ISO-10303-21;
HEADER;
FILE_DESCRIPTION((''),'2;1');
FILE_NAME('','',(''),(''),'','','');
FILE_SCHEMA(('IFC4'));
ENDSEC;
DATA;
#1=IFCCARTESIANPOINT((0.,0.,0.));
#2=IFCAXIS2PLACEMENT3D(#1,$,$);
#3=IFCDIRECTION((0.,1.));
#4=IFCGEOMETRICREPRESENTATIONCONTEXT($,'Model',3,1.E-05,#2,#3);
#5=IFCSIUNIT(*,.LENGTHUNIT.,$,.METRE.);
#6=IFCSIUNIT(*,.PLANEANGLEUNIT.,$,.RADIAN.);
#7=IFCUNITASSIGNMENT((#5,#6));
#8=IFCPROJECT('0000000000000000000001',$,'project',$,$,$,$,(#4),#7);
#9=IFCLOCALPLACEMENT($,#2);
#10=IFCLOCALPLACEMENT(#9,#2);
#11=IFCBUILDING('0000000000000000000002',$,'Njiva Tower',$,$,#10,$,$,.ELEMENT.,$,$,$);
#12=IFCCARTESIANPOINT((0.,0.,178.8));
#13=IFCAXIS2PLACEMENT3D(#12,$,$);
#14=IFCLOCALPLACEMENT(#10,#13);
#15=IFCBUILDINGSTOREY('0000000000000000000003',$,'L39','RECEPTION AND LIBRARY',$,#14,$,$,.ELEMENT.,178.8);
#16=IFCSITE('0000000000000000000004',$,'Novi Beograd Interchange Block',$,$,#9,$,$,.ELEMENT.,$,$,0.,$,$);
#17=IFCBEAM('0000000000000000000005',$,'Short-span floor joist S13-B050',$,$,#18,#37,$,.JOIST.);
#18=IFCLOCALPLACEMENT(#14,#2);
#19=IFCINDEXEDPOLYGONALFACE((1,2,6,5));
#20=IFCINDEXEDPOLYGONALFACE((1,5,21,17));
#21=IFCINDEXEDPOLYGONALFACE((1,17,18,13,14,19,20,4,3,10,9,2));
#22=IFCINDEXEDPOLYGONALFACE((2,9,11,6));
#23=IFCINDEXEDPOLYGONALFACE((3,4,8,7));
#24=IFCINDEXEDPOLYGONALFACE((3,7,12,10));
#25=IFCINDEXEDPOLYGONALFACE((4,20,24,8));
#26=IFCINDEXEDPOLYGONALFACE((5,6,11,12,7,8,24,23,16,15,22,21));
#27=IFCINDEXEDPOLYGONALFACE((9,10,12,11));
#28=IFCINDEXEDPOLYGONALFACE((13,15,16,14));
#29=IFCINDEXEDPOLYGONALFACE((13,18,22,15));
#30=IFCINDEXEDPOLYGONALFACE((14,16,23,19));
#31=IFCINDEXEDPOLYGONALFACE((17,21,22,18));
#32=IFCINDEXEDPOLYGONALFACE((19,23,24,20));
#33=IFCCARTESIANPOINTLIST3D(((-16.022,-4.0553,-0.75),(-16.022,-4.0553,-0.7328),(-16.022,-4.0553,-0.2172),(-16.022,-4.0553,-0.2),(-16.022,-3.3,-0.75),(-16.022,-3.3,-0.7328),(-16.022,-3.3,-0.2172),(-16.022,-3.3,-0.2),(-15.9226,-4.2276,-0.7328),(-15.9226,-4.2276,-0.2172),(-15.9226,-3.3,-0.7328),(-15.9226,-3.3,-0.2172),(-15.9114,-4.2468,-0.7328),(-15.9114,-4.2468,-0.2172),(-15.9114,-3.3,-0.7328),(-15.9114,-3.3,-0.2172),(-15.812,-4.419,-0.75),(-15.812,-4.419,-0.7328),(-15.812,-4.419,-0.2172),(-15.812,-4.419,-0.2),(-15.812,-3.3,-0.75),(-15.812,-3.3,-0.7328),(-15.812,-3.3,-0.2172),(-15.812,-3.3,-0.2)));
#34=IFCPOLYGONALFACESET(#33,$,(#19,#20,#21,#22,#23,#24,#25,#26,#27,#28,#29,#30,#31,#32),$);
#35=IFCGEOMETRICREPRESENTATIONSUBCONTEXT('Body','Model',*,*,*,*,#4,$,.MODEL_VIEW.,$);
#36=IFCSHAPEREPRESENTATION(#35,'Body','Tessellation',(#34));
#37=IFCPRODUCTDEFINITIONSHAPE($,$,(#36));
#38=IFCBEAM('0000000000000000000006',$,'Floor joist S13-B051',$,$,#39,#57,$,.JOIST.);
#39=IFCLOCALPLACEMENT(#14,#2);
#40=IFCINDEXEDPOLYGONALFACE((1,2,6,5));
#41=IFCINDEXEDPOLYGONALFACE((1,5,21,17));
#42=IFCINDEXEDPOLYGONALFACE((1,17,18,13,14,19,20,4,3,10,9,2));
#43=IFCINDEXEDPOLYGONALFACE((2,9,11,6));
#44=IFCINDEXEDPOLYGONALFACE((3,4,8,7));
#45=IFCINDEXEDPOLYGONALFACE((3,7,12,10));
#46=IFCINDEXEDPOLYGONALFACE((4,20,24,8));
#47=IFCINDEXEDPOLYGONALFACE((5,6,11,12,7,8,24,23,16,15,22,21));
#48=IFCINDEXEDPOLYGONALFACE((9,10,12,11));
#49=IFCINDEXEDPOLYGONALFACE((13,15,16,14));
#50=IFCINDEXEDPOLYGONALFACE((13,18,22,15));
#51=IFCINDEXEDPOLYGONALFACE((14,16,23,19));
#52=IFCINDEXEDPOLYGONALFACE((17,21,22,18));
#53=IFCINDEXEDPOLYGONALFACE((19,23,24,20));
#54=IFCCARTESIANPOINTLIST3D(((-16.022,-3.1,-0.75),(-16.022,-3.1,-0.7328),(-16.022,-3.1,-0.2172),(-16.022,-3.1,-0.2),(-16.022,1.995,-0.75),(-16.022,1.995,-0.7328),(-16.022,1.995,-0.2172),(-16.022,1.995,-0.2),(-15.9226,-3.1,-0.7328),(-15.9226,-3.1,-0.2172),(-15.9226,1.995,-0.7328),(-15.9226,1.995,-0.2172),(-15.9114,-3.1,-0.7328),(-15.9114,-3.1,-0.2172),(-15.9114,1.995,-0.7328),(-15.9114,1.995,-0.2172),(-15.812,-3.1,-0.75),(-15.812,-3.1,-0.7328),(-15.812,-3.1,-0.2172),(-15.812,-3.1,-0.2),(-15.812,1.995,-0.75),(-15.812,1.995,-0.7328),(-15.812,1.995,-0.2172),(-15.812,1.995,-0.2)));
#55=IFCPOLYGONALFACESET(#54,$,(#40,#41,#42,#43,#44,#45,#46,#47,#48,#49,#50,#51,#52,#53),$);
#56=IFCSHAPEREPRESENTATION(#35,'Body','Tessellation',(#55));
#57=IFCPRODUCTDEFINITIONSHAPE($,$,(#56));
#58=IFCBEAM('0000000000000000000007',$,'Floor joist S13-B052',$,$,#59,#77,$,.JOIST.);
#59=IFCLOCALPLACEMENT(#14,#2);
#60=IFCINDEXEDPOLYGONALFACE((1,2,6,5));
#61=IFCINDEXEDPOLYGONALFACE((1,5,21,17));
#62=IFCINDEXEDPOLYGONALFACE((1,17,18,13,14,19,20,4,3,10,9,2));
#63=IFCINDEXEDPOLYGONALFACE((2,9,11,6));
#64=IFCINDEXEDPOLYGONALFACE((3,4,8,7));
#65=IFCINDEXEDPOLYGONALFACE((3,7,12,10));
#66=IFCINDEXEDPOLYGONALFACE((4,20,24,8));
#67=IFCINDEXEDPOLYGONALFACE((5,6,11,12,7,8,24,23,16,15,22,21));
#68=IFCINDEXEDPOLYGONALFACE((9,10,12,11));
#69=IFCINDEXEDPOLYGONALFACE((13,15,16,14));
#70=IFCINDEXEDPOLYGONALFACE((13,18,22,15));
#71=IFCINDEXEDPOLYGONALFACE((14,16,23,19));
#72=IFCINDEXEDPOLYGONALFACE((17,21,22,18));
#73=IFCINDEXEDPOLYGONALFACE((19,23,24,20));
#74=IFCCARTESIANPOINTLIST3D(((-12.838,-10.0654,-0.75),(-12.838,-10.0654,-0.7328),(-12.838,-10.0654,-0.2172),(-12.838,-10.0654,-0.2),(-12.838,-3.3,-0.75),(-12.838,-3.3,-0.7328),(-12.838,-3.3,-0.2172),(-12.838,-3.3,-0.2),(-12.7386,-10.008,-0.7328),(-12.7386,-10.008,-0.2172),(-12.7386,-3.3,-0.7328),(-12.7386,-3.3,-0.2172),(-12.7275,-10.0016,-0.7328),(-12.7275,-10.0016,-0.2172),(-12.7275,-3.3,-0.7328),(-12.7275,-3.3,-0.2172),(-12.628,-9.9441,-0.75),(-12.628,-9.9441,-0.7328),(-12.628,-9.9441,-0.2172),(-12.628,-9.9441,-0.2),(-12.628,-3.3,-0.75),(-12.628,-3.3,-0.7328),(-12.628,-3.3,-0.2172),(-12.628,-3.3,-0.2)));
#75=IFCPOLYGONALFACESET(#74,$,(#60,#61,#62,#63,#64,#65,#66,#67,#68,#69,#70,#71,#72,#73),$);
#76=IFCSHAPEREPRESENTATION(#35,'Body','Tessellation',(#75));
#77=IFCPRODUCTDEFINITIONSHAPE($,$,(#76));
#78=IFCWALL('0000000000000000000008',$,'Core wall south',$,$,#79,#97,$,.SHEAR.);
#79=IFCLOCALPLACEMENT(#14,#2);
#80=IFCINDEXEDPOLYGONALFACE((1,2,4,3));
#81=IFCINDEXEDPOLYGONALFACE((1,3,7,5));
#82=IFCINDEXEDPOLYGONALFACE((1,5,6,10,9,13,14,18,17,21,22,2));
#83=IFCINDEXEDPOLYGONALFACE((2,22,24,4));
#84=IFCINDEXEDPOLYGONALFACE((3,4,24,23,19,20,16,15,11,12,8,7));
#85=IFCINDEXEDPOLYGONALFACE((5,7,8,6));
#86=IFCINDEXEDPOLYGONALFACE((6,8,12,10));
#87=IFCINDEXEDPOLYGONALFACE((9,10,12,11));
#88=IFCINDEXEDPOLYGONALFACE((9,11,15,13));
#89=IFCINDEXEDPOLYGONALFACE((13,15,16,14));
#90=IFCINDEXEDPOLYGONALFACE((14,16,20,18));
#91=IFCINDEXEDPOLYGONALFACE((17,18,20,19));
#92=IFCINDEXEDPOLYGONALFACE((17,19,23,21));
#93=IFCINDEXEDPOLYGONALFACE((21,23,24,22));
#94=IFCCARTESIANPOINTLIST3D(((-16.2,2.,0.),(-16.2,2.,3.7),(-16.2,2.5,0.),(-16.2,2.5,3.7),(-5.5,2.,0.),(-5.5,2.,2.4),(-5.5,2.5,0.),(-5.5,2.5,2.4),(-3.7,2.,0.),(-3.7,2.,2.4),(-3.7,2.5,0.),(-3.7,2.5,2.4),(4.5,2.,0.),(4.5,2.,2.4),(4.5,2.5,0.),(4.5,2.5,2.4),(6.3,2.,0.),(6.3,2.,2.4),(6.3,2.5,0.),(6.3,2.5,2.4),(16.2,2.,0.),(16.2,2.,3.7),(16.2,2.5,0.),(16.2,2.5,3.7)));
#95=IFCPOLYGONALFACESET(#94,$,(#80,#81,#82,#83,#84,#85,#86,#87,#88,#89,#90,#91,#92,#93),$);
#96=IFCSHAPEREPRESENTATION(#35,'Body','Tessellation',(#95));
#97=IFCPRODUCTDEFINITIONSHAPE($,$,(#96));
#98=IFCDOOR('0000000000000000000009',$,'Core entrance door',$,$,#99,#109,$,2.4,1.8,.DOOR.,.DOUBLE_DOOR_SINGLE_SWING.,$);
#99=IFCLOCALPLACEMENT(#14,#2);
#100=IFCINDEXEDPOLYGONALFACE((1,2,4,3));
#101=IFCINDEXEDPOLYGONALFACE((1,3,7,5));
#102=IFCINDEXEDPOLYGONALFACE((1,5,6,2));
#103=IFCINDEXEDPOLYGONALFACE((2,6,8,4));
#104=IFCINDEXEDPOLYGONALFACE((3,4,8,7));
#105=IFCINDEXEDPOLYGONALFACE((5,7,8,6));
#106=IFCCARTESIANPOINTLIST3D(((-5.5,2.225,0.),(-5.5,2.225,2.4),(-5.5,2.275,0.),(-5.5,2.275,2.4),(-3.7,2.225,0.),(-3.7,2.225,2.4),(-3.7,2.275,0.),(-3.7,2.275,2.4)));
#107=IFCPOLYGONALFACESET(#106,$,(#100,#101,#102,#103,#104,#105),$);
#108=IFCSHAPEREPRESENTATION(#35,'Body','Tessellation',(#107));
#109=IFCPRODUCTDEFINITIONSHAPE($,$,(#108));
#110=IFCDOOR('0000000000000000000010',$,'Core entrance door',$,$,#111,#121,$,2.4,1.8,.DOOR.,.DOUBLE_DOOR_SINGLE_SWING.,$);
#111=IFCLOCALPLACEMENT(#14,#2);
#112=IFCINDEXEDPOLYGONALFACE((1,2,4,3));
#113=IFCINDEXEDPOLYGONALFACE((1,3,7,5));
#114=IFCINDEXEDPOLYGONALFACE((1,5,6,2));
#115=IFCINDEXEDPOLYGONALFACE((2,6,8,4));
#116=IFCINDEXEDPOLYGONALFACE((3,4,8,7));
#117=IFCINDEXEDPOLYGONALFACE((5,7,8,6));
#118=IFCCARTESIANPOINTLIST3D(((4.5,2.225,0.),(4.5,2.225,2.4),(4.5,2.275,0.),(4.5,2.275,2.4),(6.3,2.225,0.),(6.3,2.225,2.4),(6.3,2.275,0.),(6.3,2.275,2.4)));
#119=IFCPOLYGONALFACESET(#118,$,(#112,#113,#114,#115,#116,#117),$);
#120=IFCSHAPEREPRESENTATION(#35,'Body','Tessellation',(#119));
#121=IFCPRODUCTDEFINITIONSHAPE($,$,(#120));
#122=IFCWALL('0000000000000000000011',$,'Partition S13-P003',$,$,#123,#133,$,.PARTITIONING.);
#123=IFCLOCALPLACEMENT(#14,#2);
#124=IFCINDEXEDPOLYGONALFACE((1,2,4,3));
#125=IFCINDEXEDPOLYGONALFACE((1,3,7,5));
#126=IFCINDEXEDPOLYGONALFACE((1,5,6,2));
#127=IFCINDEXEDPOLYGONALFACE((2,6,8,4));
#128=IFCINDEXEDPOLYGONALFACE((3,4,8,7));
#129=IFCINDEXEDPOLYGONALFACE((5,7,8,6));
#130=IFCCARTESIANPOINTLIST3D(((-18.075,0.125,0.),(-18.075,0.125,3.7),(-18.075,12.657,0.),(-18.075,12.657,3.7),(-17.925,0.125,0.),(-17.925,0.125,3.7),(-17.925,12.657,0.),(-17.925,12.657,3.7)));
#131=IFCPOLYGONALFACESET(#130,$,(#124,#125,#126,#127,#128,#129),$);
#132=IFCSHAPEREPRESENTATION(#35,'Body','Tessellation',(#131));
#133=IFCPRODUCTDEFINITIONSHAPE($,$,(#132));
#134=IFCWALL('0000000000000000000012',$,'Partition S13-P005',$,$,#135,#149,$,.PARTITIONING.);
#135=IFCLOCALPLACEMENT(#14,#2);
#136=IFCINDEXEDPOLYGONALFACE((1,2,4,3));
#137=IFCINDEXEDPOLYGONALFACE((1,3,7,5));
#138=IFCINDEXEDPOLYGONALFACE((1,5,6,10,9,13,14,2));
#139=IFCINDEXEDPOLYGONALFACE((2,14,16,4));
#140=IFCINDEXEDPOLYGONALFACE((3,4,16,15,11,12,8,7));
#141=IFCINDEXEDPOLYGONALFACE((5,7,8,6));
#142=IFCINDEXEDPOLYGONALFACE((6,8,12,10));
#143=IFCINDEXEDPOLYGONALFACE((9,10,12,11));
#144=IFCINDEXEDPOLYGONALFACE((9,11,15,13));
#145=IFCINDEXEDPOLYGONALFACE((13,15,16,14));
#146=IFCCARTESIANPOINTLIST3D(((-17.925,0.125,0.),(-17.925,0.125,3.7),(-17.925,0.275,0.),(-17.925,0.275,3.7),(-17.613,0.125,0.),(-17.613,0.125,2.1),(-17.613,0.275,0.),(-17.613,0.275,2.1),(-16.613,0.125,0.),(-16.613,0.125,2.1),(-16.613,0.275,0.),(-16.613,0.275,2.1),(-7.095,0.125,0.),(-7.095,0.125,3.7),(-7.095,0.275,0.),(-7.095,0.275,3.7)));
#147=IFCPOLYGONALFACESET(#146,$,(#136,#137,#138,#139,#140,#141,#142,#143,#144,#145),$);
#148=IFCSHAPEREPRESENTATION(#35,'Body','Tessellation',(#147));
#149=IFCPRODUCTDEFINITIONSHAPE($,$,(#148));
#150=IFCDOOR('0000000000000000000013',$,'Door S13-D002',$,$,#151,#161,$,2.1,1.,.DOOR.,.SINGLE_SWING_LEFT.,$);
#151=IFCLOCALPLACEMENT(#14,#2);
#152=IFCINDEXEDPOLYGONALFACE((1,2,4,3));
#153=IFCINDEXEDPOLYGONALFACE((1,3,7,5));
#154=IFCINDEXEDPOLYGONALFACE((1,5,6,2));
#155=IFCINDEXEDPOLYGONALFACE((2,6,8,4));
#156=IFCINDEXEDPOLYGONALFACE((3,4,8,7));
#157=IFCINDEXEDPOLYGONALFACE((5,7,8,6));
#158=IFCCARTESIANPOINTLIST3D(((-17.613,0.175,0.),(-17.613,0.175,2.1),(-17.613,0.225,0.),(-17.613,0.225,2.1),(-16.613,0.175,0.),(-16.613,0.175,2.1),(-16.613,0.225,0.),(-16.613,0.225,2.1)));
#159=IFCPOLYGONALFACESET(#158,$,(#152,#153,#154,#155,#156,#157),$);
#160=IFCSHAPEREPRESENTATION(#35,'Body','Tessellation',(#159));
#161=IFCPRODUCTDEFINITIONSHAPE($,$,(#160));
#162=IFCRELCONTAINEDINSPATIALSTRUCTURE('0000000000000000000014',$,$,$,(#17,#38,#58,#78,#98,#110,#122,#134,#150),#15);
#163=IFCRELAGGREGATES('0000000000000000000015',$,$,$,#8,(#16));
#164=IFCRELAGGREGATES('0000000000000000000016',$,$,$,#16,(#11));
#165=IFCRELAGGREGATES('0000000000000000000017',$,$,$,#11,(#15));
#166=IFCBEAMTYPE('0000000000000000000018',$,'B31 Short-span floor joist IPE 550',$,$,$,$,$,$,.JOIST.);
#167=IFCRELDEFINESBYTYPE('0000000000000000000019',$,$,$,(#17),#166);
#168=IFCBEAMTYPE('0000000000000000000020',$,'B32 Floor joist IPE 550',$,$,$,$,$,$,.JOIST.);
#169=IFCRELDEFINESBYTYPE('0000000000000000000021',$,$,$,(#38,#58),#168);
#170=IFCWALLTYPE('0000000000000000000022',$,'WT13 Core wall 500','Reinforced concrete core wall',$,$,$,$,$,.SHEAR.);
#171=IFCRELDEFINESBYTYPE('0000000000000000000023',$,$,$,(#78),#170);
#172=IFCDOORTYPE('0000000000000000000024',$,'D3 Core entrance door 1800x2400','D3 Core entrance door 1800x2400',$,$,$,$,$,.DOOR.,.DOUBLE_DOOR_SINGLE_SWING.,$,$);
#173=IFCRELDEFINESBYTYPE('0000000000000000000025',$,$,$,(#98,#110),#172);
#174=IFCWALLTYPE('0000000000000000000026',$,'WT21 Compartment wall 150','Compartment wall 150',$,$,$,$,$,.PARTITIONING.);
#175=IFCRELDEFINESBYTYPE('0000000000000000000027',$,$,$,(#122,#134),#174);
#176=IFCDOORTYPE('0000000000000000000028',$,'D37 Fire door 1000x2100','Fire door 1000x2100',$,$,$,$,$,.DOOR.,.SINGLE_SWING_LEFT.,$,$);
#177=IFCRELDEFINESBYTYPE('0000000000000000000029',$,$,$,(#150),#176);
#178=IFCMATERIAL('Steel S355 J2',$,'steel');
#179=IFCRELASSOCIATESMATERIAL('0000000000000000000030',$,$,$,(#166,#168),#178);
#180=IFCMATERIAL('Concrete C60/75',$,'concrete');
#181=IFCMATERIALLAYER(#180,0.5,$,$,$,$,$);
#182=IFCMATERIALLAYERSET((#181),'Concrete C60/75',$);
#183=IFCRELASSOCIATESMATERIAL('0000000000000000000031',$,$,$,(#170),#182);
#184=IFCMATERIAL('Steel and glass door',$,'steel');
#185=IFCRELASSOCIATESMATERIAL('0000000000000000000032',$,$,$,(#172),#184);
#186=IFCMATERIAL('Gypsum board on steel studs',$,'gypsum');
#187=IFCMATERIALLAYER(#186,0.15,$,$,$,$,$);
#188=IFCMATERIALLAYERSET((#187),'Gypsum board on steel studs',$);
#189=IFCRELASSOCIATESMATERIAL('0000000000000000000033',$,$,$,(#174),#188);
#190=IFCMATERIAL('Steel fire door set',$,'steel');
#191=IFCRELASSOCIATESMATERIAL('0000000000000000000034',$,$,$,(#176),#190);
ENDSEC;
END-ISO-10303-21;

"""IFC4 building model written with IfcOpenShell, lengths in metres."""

from ifc_helpers import new_model, si_unit, direction, frame, frame_2d, origin, origin_2d, place, context, subcontext, project, spatial, rectangle, i_section, extrude, clip, halfspace, material, layer, layer_set, material_profile, profile_set, type_object, element, fill, save


model = new_model("IFC4")

# Units and contexts
model_context = context("Model", 3, precision=1e-05, world=origin(), true_north=direction((0.0, 1.0)))
body_context = subcontext(model_context, "Body", "Model", "MODEL_VIEW")
ifc_project = project(units=[si_unit("LENGTHUNIT", "METRE"), si_unit("PLANEANGLEUNIT", "RADIAN")], contexts=[model_context])

# Site, building, storey
site_placement = place(None, origin())
site = spatial("IfcSite", under=ifc_project, at=site_placement, Name="Novi Beograd Interchange Block", CompositionType="ELEMENT", RefElevation=0.0)
building_placement = place(site_placement, origin())
building = spatial("IfcBuilding", under=site, at=building_placement, Name="Njiva Tower", CompositionType="ELEMENT")
storey_placement = place(building_placement, frame((0.0, 0.0, 178.8)))
storey = spatial("IfcBuildingStorey", under=building, at=storey_placement, Name="L39", Description="RECEPTION AND LIBRARY", CompositionType="ELEMENT", Elevation=178.8)

# Shared definitions
ifc_material_1 = material(Name="Steel S355 J2", Category="steel")

# Beams
ifc_material_profile_1 = material_profile(ifc_material_1, i_section(OverallWidth=0.21, OverallDepth=0.55, WebThickness=0.0111, FlangeThickness=0.0172, at=origin_2d()), Name="IPE 550")
ifc_profile_set_1 = profile_set([ifc_material_profile_1], Name="Steel S355 J2")
beam_type_1 = type_object("IfcBeamType", Name="B31 Short-span floor joist IPE 550", PredefinedType="JOIST", material=ifc_profile_set_1)
beam_1_placement = place(storey_placement, frame((-15.917, -3.3, -0.475), z_axis=(0.0, -1.0, 0.0), x_axis=(1.0, 0.0, 0.0)))
element("IfcBeam", 1, at=beam_1_placement, inside=storey, type_object=beam_type_1, Name="Short-span floor joist S13-B050", PredefinedType="JOIST", context=body_context, shape_type="Clipping", body=[
    clip(extrude(i_section(OverallWidth=0.21, OverallDepth=0.55, WebThickness=0.0111, FlangeThickness=0.0172, at=origin_2d()), origin(), (0.0, 0.0, 1.0), 1.14), halfspace(frame((-0.043, 0.0, 0.8627), z_axis=(-0.866027, 0.0, 0.499998), x_axis=(0.0, 1.0, 0.0)), False)),
])
ifc_material_profile_2 = material_profile(ifc_material_1, i_section(OverallWidth=0.21, OverallDepth=0.55, WebThickness=0.0111, FlangeThickness=0.0172, at=origin_2d()), Name="IPE 550")
ifc_profile_set_2 = profile_set([ifc_material_profile_2], Name="Steel S355 J2")
beam_type_2 = type_object("IfcBeamType", Name="B32 Floor joist IPE 550", PredefinedType="JOIST", material=ifc_profile_set_2)
beam_2_placement = place(storey_placement, frame((-15.917, 1.995, -0.475), z_axis=(0.0, -1.0, 0.0), x_axis=(1.0, 0.0, 0.0)))
element("IfcBeam", 2, at=beam_2_placement, inside=storey, type_object=beam_type_2, Name="Floor joist S13-B051", PredefinedType="JOIST", context=body_context, shape_type="SweptSolid", body=[
    extrude(i_section(OverallWidth=0.21, OverallDepth=0.55, WebThickness=0.0111, FlangeThickness=0.0172, at=origin_2d()), origin(), (0.0, 0.0, 1.0), 5.095),
])
beam_3_placement = place(storey_placement, frame((-12.733, -3.3, -0.475), z_axis=(0.0, -1.0, 0.0), x_axis=(1.0, 0.0, 0.0)))
element("IfcBeam", 3, at=beam_3_placement, inside=storey, type_object=beam_type_2, Name="Floor joist S13-B052", PredefinedType="JOIST", context=body_context, shape_type="Clipping", body=[
    clip(extrude(i_section(OverallWidth=0.21, OverallDepth=0.55, WebThickness=0.0111, FlangeThickness=0.0172, at=origin_2d()), origin(), (0.0, 0.0, 1.0), 6.786), halfspace(frame((0.0247, 0.0, 6.6905), z_axis=(0.499998, 0.0, 0.866027), x_axis=(0.0, 1.0, 0.0)), False)),
])

# Wall, openings, doors
ifc_material_2 = material(Name="Concrete C60/75", Category="concrete")
ifc_layer_1 = layer(ifc_material_2, 0.5)
ifc_layer_set_1 = layer_set([ifc_layer_1], Name="Concrete C60/75")
wall_type_1 = type_object("IfcWallType", Name="WT13 Core wall 500", Description="Reinforced concrete core wall", PredefinedType="SHEAR", material=ifc_layer_set_1)
wall_1_placement = place(storey_placement, frame((-16.2, 2.25, 0.0), z_axis=(0.0, 0.0, 1.0), x_axis=(1.0, 0.0, 0.0)))
wall_1 = element("IfcWall", 4, at=wall_1_placement, inside=storey, type_object=wall_type_1, Name="Core wall south", PredefinedType="SHEAR", context=body_context, shape_type="SweptSolid", body=[
    extrude(rectangle(XDim=32.4, YDim=0.5, at=frame_2d((16.2, 0.0))), origin(), (0.0, 0.0, 1.0), 3.7),
])
opening_1_placement = place(wall_1_placement, frame((10.7, 0.0, 0.0)))
opening_1 = element("IfcOpeningElement", 5, at=opening_1_placement, cuts=wall_1, PredefinedType="OPENING", context=body_context, shape_type="SweptSolid", body=[
    extrude(rectangle(XDim=1.8, YDim=2.4, at=frame_2d((0.9, 1.2))), frame((0.0, 0.26, 0.0), z_axis=(0.0, -1.0, 0.0), x_axis=(1.0, 0.0, 0.0)), (0.0, 0.0, 1.0), 0.52),
])
opening_2_placement = place(wall_1_placement, frame((20.7, 0.0, 0.0)))
opening_2 = element("IfcOpeningElement", 6, at=opening_2_placement, cuts=wall_1, PredefinedType="OPENING", context=body_context, shape_type="SweptSolid", body=[
    extrude(rectangle(XDim=1.8, YDim=2.4, at=frame_2d((0.9, 1.2))), frame((0.0, 0.26, 0.0), z_axis=(0.0, -1.0, 0.0), x_axis=(1.0, 0.0, 0.0)), (0.0, 0.0, 1.0), 0.52),
])
ifc_material_3 = material(Name="Steel and glass door", Category="steel")
door_type_1 = type_object("IfcDoorType", Name="D3 Core entrance door 1800x2400", Description="D3 Core entrance door 1800x2400", OperationType="DOUBLE_DOOR_SINGLE_SWING", PredefinedType="DOOR", material=ifc_material_3)
door_1_placement = place(opening_1_placement, origin())
door_1 = element("IfcDoor", 7, at=door_1_placement, inside=storey, type_object=door_type_1, Name="Core entrance door", OperationType="DOUBLE_DOOR_SINGLE_SWING", OverallHeight=2.4, OverallWidth=1.8, PredefinedType="DOOR", context=body_context, shape_type="SweptSolid", body=[
    extrude(rectangle(XDim=1.8, YDim=2.4, at=frame_2d((0.9, 1.2))), frame((0.0, 0.025, 0.0), z_axis=(0.0, -1.0, 0.0), x_axis=(1.0, 0.0, 0.0)), (0.0, 0.0, 1.0), 0.05),
])
fill(opening_1, door_1)
door_2_placement = place(opening_2_placement, origin())
door_2 = element("IfcDoor", 8, at=door_2_placement, inside=storey, type_object=door_type_1, Name="Core entrance door", OperationType="DOUBLE_DOOR_SINGLE_SWING", OverallHeight=2.4, OverallWidth=1.8, PredefinedType="DOOR", context=body_context, shape_type="SweptSolid", body=[
    extrude(rectangle(XDim=1.8, YDim=2.4, at=frame_2d((0.9, 1.2))), frame((0.0, 0.025, 0.0), z_axis=(0.0, -1.0, 0.0), x_axis=(1.0, 0.0, 0.0)), (0.0, 0.0, 1.0), 0.05),
])
fill(opening_2, door_2)

# Wall
ifc_material_4 = material(Name="Gypsum board on steel studs", Category="gypsum")
ifc_layer_2 = layer(ifc_material_4, 0.15)
ifc_layer_set_2 = layer_set([ifc_layer_2], Name="Gypsum board on steel studs")
wall_type_2 = type_object("IfcWallType", Name="WT21 Compartment wall 150", Description="Compartment wall 150", PredefinedType="PARTITIONING", material=ifc_layer_set_2)
wall_2_placement = place(storey_placement, frame((-18.0, 0.125, 0.0), z_axis=(0.0, 0.0, 1.0), x_axis=(0.0, 1.0, 0.0)))
element("IfcWall", 9, at=wall_2_placement, inside=storey, type_object=wall_type_2, Name="Partition S13-P003", PredefinedType="PARTITIONING", context=body_context, shape_type="SweptSolid", body=[
    extrude(rectangle(XDim=12.532, YDim=0.15, at=frame_2d((6.266, 0.0))), origin(), (0.0, 0.0, 1.0), 3.7),
])

# Wall, opening, door
wall_3_placement = place(storey_placement, frame((-17.925, 0.2, 0.0), z_axis=(0.0, 0.0, 1.0), x_axis=(1.0, 0.0, 0.0)))
wall_3 = element("IfcWall", 10, at=wall_3_placement, inside=storey, type_object=wall_type_2, Name="Partition S13-P005", PredefinedType="PARTITIONING", context=body_context, shape_type="SweptSolid", body=[
    extrude(rectangle(XDim=10.83, YDim=0.15, at=frame_2d((5.415, 0.0))), origin(), (0.0, 0.0, 1.0), 3.7),
])
opening_3_placement = place(wall_3_placement, frame((0.312, 0.0, 0.0)))
opening_3 = element("IfcOpeningElement", 11, at=opening_3_placement, cuts=wall_3, PredefinedType="OPENING", context=body_context, shape_type="SweptSolid", body=[
    extrude(rectangle(XDim=1.0, YDim=2.1, at=frame_2d((0.5, 1.05))), frame((0.0, 0.085, 0.0), z_axis=(0.0, -1.0, 0.0), x_axis=(1.0, 0.0, 0.0)), (0.0, 0.0, 1.0), 0.17),
])
ifc_material_5 = material(Name="Steel fire door set", Category="steel")
door_type_2 = type_object("IfcDoorType", Name="D37 Fire door 1000x2100", Description="Fire door 1000x2100", OperationType="SINGLE_SWING_LEFT", PredefinedType="DOOR", material=ifc_material_5)
door_3_placement = place(opening_3_placement, origin())
door_3 = element("IfcDoor", 12, at=door_3_placement, inside=storey, type_object=door_type_2, Name="Door S13-D002", OperationType="SINGLE_SWING_LEFT", OverallHeight=2.1, OverallWidth=1.0, PredefinedType="DOOR", context=body_context, shape_type="SweptSolid", body=[
    extrude(rectangle(XDim=1.0, YDim=2.1, at=frame_2d((0.5, 1.05))), frame((0.0, 0.025, 0.0), z_axis=(0.0, -1.0, 0.0), x_axis=(1.0, 0.0, 0.0)), (0.0, 0.0, 1.0), 0.05),
])
fill(opening_3, door_3)

save(model, "model.ifc")
